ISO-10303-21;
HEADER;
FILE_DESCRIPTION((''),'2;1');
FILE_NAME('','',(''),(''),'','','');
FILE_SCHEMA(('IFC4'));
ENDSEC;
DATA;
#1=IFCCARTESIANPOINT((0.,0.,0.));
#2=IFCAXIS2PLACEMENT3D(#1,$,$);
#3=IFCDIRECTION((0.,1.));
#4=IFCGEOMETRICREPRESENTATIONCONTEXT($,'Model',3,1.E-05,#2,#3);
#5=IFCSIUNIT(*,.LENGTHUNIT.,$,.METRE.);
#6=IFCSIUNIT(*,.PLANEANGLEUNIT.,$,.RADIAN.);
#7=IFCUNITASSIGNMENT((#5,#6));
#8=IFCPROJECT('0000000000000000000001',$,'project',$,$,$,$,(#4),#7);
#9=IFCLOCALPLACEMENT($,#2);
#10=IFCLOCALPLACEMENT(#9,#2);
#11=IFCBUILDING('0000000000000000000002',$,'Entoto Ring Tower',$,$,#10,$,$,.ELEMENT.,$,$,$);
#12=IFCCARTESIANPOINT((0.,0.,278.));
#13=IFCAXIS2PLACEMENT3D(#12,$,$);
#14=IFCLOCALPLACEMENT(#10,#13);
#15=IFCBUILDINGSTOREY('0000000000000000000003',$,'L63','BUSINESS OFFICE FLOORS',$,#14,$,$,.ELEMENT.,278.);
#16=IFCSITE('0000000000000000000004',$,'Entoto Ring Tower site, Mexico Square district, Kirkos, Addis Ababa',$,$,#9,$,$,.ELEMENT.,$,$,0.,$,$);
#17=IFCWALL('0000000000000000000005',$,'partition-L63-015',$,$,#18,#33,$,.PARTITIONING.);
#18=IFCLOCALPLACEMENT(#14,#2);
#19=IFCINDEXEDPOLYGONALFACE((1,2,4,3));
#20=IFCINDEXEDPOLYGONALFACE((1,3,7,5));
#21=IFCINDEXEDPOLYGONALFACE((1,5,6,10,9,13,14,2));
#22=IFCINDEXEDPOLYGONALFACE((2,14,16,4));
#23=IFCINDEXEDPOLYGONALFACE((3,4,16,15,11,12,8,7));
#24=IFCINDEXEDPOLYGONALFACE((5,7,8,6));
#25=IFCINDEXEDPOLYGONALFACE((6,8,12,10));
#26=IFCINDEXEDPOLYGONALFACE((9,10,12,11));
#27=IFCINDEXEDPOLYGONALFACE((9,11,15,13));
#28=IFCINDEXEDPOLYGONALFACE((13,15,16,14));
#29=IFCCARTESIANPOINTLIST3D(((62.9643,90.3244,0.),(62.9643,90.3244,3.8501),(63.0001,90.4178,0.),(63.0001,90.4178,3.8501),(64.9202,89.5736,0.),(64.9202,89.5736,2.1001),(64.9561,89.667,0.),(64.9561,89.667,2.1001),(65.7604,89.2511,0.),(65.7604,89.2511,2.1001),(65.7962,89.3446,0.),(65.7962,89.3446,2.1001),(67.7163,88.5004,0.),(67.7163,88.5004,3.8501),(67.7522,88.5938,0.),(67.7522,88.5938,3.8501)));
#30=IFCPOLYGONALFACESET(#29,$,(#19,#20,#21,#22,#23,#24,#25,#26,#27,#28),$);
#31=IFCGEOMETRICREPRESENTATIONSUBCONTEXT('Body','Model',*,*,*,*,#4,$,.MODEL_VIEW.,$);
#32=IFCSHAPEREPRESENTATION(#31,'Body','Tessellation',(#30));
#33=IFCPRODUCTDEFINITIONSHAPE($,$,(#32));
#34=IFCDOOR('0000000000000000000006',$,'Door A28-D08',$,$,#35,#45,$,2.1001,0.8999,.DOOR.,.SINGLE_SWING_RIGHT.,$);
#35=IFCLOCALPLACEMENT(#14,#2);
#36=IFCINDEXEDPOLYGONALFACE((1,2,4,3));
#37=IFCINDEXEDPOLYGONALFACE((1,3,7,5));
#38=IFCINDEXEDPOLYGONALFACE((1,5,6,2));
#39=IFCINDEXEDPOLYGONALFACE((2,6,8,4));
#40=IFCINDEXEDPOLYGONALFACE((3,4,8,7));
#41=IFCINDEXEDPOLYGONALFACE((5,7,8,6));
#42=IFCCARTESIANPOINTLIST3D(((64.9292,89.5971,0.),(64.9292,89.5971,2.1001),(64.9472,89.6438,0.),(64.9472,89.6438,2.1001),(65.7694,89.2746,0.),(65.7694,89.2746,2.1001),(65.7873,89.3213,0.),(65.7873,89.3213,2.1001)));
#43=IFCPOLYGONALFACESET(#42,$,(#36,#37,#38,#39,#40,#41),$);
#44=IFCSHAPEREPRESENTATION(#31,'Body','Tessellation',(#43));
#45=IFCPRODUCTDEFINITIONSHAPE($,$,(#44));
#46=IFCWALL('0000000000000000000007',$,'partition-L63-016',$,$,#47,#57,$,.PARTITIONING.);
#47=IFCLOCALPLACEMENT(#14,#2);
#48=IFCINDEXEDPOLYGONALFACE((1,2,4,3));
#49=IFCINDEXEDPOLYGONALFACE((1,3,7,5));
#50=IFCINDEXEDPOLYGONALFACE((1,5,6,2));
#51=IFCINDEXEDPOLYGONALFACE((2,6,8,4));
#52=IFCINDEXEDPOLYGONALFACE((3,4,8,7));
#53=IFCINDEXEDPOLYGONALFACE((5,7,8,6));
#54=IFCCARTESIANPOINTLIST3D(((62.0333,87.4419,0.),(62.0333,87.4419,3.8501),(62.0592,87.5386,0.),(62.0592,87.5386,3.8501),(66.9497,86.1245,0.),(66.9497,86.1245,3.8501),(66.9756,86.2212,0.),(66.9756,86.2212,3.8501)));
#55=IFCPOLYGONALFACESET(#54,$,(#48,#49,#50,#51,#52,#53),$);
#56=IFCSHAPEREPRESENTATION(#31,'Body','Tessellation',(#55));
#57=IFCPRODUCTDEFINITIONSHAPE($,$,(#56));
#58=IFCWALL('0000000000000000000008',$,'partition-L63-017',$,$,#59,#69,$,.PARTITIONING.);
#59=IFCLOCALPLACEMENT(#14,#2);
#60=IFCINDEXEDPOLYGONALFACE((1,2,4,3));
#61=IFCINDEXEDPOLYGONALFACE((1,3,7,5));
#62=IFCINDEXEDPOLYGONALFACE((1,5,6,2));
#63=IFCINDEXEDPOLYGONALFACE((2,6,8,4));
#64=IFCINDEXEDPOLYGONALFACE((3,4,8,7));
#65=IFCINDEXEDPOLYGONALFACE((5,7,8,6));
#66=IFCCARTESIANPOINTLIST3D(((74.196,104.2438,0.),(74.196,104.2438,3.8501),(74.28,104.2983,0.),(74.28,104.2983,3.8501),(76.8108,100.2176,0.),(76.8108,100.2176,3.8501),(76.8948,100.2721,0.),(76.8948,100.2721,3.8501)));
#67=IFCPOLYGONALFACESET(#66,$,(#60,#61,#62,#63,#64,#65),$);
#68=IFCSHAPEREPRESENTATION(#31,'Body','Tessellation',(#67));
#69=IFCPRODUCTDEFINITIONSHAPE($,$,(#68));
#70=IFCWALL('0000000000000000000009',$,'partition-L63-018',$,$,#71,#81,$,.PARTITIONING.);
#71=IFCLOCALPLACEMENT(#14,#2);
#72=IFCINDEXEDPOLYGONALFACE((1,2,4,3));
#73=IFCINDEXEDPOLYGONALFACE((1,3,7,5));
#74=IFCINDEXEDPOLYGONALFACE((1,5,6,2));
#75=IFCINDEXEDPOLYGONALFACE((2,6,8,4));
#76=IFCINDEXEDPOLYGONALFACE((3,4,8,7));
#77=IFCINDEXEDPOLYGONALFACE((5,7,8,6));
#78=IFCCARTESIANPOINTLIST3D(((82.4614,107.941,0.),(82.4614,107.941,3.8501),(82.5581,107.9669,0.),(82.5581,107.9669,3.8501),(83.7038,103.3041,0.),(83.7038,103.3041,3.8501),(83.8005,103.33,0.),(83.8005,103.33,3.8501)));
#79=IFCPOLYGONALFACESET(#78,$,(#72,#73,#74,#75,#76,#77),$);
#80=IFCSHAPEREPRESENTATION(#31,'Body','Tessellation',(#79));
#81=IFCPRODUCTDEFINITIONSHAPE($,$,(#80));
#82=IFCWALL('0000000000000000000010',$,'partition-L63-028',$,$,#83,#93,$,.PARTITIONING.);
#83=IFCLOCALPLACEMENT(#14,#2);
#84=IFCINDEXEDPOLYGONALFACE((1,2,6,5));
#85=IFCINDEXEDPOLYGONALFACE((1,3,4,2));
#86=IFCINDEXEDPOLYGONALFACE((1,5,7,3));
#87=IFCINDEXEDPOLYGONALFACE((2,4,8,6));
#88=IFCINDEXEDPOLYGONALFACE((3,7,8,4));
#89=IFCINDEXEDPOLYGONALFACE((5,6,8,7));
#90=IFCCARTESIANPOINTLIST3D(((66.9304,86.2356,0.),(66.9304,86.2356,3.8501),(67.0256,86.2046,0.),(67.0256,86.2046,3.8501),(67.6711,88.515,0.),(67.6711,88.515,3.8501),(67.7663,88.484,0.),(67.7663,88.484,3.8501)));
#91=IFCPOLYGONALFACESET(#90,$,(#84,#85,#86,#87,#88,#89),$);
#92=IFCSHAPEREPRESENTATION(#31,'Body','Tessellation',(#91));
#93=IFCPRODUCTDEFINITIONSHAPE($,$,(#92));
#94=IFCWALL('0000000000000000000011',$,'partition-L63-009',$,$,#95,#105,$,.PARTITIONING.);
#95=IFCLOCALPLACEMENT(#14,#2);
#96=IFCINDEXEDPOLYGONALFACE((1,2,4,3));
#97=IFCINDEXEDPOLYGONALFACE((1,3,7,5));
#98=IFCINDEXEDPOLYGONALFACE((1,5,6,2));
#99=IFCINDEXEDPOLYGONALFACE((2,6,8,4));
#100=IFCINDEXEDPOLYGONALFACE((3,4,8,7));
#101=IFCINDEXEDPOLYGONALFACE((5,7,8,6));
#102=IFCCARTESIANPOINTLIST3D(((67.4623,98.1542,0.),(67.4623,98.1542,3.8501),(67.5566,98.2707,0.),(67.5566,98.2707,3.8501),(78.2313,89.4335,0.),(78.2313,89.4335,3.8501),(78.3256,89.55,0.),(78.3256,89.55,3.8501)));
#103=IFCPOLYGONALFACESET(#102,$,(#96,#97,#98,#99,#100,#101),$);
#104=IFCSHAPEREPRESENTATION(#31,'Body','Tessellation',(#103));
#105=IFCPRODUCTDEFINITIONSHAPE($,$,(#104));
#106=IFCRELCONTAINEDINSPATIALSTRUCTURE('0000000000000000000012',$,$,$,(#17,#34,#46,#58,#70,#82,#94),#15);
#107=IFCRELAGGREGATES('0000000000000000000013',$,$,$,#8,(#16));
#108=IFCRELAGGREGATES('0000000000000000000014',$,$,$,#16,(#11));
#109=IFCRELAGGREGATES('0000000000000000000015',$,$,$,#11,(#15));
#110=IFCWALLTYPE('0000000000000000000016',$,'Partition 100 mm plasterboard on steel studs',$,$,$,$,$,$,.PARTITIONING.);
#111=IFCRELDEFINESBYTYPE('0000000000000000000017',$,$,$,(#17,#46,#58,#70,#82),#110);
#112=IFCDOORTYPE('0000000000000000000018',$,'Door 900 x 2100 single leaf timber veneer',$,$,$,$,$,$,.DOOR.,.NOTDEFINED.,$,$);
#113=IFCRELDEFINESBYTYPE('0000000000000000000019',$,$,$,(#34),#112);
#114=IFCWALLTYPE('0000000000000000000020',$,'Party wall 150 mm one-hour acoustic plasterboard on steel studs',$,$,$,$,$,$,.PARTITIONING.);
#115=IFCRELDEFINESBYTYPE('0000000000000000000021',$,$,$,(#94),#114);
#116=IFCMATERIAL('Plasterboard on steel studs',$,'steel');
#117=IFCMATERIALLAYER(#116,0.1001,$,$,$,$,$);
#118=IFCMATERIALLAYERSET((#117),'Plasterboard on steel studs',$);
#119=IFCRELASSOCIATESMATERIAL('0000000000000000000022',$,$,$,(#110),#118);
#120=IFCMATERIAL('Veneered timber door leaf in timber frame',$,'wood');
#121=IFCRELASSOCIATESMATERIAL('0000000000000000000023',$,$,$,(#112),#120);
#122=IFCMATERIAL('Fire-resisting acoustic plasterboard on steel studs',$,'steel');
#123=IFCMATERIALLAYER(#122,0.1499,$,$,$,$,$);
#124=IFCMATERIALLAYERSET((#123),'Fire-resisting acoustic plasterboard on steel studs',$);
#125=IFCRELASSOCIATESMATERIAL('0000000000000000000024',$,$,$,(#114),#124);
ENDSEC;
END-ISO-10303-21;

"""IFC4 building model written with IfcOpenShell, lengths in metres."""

from ifc_helpers import new_model, si_unit, direction, frame, frame_2d, origin, place, context, subcontext, project, spatial, rectangle, extrude, material, layer, layer_set, type_object, element, fill, save


model = new_model("IFC4")

# Units and contexts
model_context = context("Model", 3, precision=1e-05, world=origin(), true_north=direction((0.0, 1.0)))
body_context = subcontext(model_context, "Body", "Model", "MODEL_VIEW")
ifc_project = project(units=[si_unit("LENGTHUNIT", "METRE"), si_unit("PLANEANGLEUNIT", "RADIAN")], contexts=[model_context])

# Site, building, storey
site_placement = place(None, origin())
site = spatial("IfcSite", under=ifc_project, at=site_placement, Name="Entoto Ring Tower site, Mexico Square district, Kirkos, Addis Ababa", CompositionType="ELEMENT", RefElevation=0.0)
building_placement = place(site_placement, origin())
building = spatial("IfcBuilding", under=site, at=building_placement, Name="Entoto Ring Tower", CompositionType="ELEMENT")
storey_placement = place(building_placement, frame((0.0, 0.0, 278.0)))
storey = spatial("IfcBuildingStorey", under=building, at=storey_placement, Name="L63", Description="BUSINESS OFFICE FLOORS", CompositionType="ELEMENT", Elevation=278.0)

# Wall, opening, door
ifc_material_1 = material(Name="Plasterboard on steel studs", Category="steel")
ifc_layer_1 = layer(ifc_material_1, 0.1001)
ifc_layer_set_1 = layer_set([ifc_layer_1], Name="Plasterboard on steel studs")
wall_type_1 = type_object("IfcWallType", Name="Partition 100 mm plasterboard on steel studs", PredefinedType="PARTITIONING", material=ifc_layer_set_1)
ifc_material_2 = material(Name="Veneered timber door leaf in timber frame", Category="wood")
door_type_1 = type_object("IfcDoorType", Name="Door 900 x 2100 single leaf timber veneer", OperationType="NOTDEFINED", PredefinedType="DOOR", material=ifc_material_2)
wall_1_placement = place(storey_placement, frame((67.7341, 88.5471, 0.0), z_axis=(0.0, 0.0, 1.0), x_axis=(-0.933589, 0.358346, 0.0)))
wall_1 = element("IfcWall", 1, at=wall_1_placement, inside=storey, type_object=wall_type_1, Name="partition-L63-015", PredefinedType="PARTITIONING", context=body_context, shape_type="SweptSolid", body=[
    extrude(rectangle(XDim=5.0901, YDim=0.1001, at=frame_2d((2.5449, 0.0))), origin(), (0.0, 0.0, 1.0), 3.8501),
])
opening_1_placement = place(wall_1_placement, frame((2.095, 0.0, 0.0)))
opening_1 = element("IfcOpeningElement", 2, at=opening_1_placement, cuts=wall_1, PredefinedType="OPENING", context=body_context, shape_type="SweptSolid", body=[
    extrude(rectangle(XDim=0.8999, YDim=2.1001, at=frame_2d((0.45, 1.05))), frame((0.0, 0.0601, 0.0), z_axis=(0.0, -1.0, 0.0), x_axis=(1.0, 0.0, 0.0)), (0.0, 0.0, 1.0), 0.1201),
])
door_1_placement = place(opening_1_placement, origin())
door_1 = element("IfcDoor", 3, at=door_1_placement, inside=storey, type_object=door_type_1, Name="Door A28-D08", OperationType="SINGLE_SWING_RIGHT", OverallHeight=2.1001, OverallWidth=0.8999, PredefinedType="DOOR", context=body_context, shape_type="SweptSolid", body=[
    extrude(rectangle(XDim=0.8999, YDim=2.1001, at=frame_2d((0.45, 1.05))), frame((0.0, 0.0249, 0.0), z_axis=(0.0, -1.0, 0.0), x_axis=(1.0, 0.0, 0.0)), (0.0, 0.0, 1.0), 0.05),
])
fill(opening_1, door_1)

# Walls
wall_2_placement = place(storey_placement, frame((66.9626, 86.1729, 0.0), z_axis=(0.0, 0.0, 1.0), x_axis=(-0.965925, 0.258821, 0.0)))
element("IfcWall", 4, at=wall_2_placement, inside=storey, type_object=wall_type_1, Name="partition-L63-016", PredefinedType="PARTITIONING", context=body_context, shape_type="SweptSolid", body=[
    extrude(rectangle(XDim=5.0898, YDim=0.1001, at=frame_2d((2.5449, 0.0))), origin(), (0.0, 0.0, 1.0), 3.8501),
])
wall_3_placement = place(storey_placement, frame((76.8528, 100.2449, 0.0), z_axis=(0.0, 0.0, 1.0), x_axis=(-0.544661, 0.838656, 0.0)))
element("IfcWall", 5, at=wall_3_placement, inside=storey, type_object=wall_type_1, Name="partition-L63-017", PredefinedType="PARTITIONING", context=body_context, shape_type="SweptSolid", body=[
    extrude(rectangle(XDim=4.8008, YDim=0.1001, at=frame_2d((2.4004, 0.0))), origin(), (0.0, 0.0, 1.0), 3.8501),
])
wall_4_placement = place(storey_placement, frame((83.7522, 103.3169, 0.0), z_axis=(0.0, 0.0, 1.0), x_axis=(-0.258811, 0.965928, 0.0)))
element("IfcWall", 6, at=wall_4_placement, inside=storey, type_object=wall_type_1, Name="partition-L63-018", PredefinedType="PARTITIONING", context=body_context, shape_type="SweptSolid", body=[
    extrude(rectangle(XDim=4.8005, YDim=0.1001, at=frame_2d((2.4004, 0.0))), origin(), (0.0, 0.0, 1.0), 3.8501),
])
wall_5_placement = place(storey_placement, frame((66.978, 86.2202, 0.0), z_axis=(0.0, 0.0, 1.0), x_axis=(0.309068, 0.95104, 0.0)))
element("IfcWall", 7, at=wall_5_placement, inside=storey, type_object=wall_type_1, Name="partition-L63-028", PredefinedType="PARTITIONING", context=body_context, shape_type="SweptSolid", body=[
    extrude(rectangle(XDim=2.3967, YDim=0.1001, at=frame_2d((1.1982, 0.0))), origin(), (0.0, 0.0, 1.0), 3.8501),
])
ifc_material_3 = material(Name="Fire-resisting acoustic plasterboard on steel studs", Category="steel")
ifc_layer_2 = layer(ifc_material_3, 0.1499)
ifc_layer_set_2 = layer_set([ifc_layer_2], Name="Fire-resisting acoustic plasterboard on steel studs")
wall_type_2 = type_object("IfcWallType", Name="Party wall 150 mm one-hour acoustic plasterboard on steel studs", PredefinedType="PARTITIONING", material=ifc_layer_set_2)
wall_6_placement = place(storey_placement, frame((78.2786, 89.4917, 0.0), z_axis=(0.0, 0.0, 1.0), x_axis=(-0.777142, 0.629325, 0.0)))
element("IfcWall", 8, at=wall_6_placement, inside=storey, type_object=wall_type_2, Name="partition-L63-009", PredefinedType="PARTITIONING", context=body_context, shape_type="SweptSolid", body=[
    extrude(rectangle(XDim=13.8572, YDim=0.1499, at=frame_2d((6.9287, 0.0))), origin(), (0.0, 0.0, 1.0), 3.8501),
])

save(model, "model.ifc")
